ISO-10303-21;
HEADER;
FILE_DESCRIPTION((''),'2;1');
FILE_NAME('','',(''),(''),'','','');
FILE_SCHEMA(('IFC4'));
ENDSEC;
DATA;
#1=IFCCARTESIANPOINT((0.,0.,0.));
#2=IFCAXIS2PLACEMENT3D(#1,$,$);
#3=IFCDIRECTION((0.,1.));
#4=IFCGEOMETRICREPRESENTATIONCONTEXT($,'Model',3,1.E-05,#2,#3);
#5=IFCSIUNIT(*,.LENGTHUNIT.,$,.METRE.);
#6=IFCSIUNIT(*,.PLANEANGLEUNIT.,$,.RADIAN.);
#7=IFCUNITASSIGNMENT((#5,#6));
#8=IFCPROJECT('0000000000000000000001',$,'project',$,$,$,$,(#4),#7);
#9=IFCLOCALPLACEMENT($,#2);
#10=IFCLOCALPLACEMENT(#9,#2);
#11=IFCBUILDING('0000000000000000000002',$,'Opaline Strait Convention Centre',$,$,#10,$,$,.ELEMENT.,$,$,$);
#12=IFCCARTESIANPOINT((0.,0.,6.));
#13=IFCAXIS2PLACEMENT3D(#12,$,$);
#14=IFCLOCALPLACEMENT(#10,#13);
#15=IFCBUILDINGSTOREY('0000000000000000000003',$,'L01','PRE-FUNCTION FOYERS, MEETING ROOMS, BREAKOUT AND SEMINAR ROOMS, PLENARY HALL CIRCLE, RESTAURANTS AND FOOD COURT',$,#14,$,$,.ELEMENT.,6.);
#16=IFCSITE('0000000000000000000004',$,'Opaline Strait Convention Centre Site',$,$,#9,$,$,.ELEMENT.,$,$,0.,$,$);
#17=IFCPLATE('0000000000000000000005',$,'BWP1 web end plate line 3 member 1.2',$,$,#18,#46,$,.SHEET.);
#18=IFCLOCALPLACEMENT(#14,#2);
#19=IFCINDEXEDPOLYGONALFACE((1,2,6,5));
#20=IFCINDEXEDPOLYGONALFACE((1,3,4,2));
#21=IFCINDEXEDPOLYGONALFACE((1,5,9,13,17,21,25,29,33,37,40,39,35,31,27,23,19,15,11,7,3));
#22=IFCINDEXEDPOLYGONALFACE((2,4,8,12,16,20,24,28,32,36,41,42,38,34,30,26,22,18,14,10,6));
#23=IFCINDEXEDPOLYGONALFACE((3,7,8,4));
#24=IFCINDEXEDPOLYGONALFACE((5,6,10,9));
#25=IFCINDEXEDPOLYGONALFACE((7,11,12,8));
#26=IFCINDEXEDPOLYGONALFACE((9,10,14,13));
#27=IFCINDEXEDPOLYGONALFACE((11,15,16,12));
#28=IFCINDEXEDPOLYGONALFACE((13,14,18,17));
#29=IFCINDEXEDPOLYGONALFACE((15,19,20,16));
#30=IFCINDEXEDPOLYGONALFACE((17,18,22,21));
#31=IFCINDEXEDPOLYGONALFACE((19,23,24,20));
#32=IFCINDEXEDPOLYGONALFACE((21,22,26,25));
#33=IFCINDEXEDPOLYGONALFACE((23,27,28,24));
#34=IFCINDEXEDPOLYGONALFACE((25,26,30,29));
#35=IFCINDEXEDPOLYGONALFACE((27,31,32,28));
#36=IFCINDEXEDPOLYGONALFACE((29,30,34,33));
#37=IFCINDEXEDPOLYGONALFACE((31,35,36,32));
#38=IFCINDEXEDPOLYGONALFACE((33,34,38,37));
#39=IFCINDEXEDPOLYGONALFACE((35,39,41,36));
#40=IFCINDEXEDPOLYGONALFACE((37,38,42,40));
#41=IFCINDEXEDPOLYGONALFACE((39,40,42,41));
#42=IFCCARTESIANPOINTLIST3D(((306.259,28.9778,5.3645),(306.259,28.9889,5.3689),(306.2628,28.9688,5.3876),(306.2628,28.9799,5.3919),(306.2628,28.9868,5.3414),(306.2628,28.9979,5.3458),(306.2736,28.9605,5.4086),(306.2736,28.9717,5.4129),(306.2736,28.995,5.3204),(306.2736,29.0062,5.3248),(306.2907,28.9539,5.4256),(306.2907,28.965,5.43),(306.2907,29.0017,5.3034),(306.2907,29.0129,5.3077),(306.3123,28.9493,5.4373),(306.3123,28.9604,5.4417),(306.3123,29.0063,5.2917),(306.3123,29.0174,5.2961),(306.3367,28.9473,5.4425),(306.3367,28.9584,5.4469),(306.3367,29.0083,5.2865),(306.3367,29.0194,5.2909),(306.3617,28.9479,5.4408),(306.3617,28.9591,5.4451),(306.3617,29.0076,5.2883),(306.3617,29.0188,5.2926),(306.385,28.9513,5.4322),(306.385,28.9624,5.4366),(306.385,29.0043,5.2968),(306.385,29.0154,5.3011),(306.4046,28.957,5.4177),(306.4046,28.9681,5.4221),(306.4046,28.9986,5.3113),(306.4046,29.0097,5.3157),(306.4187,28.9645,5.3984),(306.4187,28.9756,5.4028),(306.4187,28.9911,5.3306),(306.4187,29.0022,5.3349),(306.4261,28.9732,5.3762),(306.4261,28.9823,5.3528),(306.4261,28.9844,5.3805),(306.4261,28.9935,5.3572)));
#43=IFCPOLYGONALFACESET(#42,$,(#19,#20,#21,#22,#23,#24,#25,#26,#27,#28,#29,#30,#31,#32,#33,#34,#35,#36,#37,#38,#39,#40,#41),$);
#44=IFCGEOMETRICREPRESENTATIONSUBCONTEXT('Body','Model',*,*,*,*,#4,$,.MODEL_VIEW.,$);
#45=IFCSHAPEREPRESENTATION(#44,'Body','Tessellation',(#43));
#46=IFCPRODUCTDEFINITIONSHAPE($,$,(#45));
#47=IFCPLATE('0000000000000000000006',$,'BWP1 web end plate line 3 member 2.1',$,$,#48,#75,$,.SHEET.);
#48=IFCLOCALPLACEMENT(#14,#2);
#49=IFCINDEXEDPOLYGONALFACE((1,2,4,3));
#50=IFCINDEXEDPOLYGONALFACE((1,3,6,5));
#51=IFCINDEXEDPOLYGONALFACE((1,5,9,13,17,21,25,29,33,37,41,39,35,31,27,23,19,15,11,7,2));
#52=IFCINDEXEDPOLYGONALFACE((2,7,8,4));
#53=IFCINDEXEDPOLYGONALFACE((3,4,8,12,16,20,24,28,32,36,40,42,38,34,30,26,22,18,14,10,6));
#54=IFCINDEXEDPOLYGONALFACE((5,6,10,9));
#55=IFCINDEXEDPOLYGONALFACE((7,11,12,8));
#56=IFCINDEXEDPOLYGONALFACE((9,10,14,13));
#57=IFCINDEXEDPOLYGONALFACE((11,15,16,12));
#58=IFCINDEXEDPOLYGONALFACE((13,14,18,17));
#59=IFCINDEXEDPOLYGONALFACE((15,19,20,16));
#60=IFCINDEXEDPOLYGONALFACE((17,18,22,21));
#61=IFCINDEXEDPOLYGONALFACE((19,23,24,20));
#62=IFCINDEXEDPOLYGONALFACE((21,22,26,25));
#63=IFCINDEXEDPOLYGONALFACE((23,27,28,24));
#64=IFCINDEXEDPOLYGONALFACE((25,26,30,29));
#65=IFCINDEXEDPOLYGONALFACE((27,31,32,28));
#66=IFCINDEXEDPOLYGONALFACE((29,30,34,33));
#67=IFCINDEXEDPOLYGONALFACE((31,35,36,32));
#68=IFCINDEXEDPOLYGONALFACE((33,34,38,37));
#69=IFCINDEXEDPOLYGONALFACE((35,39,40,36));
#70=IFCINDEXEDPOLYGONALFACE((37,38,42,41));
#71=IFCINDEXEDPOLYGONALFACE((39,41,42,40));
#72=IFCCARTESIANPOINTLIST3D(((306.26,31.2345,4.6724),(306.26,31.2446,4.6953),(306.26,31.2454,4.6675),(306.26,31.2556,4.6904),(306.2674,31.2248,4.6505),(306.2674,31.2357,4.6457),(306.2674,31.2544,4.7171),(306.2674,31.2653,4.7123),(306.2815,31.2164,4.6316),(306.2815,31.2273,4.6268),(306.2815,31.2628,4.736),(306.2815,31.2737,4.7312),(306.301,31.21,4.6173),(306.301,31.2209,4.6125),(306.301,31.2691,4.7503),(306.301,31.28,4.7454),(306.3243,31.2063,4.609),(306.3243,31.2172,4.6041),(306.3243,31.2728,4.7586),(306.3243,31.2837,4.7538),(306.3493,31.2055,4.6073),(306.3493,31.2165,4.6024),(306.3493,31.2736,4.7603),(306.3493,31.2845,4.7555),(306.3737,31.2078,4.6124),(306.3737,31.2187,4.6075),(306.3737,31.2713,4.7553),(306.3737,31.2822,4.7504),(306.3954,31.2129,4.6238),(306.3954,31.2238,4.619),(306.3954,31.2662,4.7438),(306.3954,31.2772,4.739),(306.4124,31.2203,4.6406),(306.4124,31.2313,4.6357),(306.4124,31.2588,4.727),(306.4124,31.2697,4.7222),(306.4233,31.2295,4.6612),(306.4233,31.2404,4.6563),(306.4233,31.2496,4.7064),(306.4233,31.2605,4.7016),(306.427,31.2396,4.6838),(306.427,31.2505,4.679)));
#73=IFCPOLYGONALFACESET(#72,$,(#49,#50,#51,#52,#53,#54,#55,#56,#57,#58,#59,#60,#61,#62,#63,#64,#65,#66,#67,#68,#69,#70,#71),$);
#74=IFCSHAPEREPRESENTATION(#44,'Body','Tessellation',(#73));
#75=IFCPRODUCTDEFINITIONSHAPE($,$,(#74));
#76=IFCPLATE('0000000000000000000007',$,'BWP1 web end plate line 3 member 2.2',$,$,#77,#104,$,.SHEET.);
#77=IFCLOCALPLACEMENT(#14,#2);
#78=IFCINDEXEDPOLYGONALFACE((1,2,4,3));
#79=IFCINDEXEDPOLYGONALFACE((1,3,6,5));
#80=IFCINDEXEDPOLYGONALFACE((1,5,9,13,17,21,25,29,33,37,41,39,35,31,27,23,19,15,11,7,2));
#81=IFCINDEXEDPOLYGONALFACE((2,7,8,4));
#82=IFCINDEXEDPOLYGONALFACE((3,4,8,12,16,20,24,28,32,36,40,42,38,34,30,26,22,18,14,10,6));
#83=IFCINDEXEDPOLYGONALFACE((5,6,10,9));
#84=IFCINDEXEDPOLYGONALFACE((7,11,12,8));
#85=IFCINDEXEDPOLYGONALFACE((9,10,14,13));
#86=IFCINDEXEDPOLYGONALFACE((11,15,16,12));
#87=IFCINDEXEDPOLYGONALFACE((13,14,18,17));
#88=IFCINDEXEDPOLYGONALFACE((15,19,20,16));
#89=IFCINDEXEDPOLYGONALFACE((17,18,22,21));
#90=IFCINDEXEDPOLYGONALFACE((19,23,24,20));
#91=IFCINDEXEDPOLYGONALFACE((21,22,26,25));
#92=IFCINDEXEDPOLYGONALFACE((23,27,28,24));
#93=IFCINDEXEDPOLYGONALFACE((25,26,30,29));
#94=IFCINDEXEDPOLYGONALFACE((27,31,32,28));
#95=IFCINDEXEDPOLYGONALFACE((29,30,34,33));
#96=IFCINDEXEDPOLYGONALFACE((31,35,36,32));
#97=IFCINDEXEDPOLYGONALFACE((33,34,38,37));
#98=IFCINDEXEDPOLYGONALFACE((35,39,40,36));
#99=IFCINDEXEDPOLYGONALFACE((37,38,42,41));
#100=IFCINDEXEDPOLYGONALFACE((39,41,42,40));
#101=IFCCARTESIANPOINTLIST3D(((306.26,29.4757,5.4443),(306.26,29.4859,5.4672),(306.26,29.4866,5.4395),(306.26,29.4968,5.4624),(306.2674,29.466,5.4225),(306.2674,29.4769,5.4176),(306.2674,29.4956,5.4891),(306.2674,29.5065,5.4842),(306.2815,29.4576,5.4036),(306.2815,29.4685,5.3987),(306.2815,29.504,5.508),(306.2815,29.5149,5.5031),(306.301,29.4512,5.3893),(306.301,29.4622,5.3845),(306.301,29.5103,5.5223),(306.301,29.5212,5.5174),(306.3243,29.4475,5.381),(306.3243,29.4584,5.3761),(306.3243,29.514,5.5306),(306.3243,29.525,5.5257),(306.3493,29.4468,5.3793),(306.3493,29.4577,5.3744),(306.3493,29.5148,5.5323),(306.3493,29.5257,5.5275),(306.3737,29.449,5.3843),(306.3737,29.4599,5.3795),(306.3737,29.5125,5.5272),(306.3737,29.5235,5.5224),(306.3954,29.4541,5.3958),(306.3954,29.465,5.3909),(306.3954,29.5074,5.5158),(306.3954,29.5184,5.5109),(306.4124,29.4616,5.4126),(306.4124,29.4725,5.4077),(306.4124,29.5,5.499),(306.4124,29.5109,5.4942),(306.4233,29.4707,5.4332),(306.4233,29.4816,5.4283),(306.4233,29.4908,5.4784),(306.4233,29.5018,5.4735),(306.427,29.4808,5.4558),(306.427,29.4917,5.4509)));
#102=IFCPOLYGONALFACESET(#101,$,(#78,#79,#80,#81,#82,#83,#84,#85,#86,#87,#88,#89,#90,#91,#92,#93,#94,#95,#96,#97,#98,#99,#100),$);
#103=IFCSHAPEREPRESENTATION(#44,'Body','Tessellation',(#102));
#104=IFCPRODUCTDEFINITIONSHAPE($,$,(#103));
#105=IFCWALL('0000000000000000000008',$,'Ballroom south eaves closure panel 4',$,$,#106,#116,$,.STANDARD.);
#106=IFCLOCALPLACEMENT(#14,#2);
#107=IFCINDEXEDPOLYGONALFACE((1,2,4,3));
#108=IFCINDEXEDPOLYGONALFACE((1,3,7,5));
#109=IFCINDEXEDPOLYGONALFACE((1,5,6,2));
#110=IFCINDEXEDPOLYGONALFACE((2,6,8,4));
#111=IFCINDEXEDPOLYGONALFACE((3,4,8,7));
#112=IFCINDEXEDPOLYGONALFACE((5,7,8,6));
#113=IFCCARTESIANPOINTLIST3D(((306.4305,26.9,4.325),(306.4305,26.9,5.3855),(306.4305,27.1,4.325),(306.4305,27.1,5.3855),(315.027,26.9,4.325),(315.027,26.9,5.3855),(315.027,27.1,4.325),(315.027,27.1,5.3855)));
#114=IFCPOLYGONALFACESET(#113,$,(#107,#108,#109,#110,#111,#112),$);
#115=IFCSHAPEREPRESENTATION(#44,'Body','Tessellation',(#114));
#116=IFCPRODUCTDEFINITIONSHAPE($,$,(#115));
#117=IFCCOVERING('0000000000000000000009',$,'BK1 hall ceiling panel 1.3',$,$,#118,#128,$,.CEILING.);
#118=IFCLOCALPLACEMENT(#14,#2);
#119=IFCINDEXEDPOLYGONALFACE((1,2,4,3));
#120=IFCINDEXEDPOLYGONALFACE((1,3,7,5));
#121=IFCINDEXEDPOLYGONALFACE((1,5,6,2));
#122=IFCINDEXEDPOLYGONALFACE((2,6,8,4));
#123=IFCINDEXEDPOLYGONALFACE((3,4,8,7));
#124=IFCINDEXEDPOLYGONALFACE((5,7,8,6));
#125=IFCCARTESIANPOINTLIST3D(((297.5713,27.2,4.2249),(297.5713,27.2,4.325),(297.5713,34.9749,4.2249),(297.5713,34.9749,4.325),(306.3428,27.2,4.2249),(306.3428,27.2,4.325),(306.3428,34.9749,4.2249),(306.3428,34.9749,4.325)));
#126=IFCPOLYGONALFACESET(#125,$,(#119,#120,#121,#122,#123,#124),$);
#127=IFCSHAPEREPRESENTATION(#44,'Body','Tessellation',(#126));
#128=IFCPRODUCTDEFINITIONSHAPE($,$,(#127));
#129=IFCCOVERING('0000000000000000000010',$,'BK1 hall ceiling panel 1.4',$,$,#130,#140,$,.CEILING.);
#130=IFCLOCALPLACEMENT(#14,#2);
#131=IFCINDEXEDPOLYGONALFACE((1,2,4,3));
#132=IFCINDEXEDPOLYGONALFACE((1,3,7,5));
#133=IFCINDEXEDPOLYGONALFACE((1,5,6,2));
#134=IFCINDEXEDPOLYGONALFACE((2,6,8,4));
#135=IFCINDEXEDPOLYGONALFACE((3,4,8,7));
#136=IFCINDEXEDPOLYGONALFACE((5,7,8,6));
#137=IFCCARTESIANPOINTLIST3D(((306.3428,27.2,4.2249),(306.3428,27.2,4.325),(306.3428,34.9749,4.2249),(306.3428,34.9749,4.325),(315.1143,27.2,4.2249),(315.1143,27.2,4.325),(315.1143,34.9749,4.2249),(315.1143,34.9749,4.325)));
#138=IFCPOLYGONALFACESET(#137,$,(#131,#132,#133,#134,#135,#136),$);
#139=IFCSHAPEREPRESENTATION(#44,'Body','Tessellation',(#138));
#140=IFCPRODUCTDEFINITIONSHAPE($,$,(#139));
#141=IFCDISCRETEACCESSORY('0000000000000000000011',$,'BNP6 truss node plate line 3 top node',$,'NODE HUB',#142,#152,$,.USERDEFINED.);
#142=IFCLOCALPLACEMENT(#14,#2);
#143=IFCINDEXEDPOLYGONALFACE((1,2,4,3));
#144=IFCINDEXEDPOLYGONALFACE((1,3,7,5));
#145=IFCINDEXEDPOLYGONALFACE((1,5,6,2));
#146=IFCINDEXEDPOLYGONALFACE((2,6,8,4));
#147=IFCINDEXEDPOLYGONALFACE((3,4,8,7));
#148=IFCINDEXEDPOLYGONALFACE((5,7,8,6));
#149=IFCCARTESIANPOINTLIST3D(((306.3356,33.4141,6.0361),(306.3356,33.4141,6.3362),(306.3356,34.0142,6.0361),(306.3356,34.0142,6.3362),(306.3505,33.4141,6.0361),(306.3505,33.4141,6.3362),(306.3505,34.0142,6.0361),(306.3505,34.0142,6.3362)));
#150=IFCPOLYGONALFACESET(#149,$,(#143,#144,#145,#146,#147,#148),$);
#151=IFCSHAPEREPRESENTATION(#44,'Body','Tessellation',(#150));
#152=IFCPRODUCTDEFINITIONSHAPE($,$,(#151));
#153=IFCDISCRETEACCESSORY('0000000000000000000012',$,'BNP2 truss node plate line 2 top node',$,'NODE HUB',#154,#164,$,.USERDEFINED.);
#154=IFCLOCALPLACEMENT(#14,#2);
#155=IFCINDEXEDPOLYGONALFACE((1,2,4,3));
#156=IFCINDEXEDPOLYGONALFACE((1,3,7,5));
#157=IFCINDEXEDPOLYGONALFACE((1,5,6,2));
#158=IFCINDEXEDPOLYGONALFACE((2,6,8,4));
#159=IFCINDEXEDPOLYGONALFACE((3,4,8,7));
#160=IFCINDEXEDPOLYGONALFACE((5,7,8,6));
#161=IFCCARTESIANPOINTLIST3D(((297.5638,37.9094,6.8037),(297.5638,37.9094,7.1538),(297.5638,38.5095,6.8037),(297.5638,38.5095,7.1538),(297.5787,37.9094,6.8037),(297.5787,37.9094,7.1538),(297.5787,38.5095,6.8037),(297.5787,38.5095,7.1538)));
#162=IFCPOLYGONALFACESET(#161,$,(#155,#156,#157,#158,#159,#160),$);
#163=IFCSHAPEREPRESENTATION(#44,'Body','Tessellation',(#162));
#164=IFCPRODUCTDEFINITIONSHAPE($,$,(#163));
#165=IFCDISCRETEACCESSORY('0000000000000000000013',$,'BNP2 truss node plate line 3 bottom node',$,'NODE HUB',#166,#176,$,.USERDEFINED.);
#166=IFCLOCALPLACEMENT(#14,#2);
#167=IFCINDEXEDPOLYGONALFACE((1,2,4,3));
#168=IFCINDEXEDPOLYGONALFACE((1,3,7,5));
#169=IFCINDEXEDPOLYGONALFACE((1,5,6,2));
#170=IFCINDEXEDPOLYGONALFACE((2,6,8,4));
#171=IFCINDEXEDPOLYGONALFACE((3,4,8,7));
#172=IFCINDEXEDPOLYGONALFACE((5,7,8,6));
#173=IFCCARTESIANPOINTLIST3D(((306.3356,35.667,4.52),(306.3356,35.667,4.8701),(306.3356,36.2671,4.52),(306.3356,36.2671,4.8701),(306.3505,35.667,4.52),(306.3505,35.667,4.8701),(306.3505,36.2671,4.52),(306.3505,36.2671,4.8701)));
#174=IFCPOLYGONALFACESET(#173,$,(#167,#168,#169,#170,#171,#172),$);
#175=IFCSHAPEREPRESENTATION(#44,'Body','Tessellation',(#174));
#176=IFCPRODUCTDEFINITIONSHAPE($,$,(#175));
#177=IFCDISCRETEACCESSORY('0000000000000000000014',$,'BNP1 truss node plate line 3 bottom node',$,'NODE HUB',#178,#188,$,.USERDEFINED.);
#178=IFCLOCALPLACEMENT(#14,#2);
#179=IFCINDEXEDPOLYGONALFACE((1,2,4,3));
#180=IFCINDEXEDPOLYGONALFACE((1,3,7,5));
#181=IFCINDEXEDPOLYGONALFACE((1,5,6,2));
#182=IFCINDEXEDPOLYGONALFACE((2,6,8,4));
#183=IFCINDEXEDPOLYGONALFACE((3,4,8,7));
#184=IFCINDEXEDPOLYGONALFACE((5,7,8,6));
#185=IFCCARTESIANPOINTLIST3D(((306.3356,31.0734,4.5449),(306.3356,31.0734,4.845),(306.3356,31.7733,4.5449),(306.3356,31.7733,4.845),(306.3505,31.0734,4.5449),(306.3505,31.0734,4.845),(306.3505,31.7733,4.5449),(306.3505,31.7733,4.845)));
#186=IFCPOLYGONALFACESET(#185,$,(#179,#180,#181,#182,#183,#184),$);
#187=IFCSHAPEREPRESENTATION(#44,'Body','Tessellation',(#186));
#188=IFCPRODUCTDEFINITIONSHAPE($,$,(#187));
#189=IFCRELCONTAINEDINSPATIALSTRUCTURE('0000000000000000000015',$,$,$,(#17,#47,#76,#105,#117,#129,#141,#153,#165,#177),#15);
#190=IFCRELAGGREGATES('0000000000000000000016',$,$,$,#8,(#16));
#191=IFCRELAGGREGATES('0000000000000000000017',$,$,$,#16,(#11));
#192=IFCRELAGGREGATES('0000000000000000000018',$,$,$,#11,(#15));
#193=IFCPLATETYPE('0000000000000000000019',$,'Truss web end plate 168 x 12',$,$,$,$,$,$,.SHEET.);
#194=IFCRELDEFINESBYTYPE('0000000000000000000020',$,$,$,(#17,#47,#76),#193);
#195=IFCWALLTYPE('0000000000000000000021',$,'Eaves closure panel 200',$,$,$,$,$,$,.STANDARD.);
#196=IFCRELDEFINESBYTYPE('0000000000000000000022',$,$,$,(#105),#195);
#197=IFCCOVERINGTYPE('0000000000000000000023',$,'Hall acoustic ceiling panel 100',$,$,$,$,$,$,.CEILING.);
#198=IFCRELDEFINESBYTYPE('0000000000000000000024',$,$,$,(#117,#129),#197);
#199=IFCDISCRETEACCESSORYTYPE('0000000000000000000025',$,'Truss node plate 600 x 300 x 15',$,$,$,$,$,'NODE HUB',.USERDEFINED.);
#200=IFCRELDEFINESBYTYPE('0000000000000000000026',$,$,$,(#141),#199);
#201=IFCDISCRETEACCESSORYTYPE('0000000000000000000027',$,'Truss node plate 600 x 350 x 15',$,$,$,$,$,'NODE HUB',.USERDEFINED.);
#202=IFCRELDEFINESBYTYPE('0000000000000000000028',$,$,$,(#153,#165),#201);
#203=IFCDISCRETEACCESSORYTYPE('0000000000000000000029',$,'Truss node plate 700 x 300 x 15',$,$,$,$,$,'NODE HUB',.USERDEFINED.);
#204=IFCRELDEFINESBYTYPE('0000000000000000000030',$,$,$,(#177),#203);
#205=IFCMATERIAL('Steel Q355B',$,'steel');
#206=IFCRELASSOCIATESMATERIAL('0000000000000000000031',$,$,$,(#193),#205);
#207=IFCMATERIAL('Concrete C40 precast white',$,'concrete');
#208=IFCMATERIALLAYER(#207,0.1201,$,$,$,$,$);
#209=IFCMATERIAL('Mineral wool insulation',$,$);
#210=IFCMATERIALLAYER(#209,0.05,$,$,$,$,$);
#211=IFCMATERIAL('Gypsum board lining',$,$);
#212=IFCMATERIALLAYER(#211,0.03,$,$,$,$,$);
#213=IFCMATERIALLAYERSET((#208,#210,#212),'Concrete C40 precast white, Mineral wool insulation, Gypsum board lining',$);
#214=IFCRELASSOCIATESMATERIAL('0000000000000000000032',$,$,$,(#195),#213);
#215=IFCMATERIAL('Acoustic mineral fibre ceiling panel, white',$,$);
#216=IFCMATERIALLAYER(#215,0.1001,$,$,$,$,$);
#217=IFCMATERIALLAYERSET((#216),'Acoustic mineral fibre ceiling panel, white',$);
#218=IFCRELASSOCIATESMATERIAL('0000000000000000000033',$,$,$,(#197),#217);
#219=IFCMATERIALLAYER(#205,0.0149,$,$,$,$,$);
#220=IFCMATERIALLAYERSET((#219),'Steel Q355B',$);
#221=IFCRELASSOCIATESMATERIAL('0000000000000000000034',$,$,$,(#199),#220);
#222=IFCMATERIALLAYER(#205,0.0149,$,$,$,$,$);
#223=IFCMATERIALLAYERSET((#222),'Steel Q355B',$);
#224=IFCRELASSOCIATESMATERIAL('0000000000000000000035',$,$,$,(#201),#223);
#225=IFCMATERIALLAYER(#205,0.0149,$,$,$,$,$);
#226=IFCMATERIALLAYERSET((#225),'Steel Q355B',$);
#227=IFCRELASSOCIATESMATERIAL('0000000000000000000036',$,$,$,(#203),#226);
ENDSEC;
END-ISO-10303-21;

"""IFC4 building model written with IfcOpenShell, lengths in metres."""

from ifc_helpers import new_model, si_unit, direction, frame, frame_2d, origin, origin_2d, place, context, subcontext, project, spatial, rectangle, circle, extrude, material, layer, layer_set, material_profile, profile_set, type_object, element, save


model = new_model("IFC4")

# Units and contexts
model_context = context("Model", 3, precision=1e-05, world=origin(), true_north=direction((0.0, 1.0)))
body_context = subcontext(model_context, "Body", "Model", "MODEL_VIEW")
ifc_project = project(units=[si_unit("LENGTHUNIT", "METRE"), si_unit("PLANEANGLEUNIT", "RADIAN")], contexts=[model_context])

# Site, building, storey
site_placement = place(None, origin())
site = spatial("IfcSite", under=ifc_project, at=site_placement, Name="Opaline Strait Convention Centre Site", CompositionType="ELEMENT", RefElevation=0.0)
building_placement = place(site_placement, origin())
building = spatial("IfcBuilding", under=site, at=building_placement, Name="Opaline Strait Convention Centre", CompositionType="ELEMENT")
storey_placement = place(building_placement, frame((0.0, 0.0, 6.0)))
storey = spatial("IfcBuildingStorey", under=building, at=storey_placement, Name="L01", Description="PRE-FUNCTION FOYERS, MEETING ROOMS, BREAKOUT AND SEMINAR ROOMS, PLENARY HALL CIRCLE, RESTAURANTS AND FOOD COURT", CompositionType="ELEMENT", Elevation=6.0)

# Shared definitions
ifc_material_1 = material(Name="Steel Q355B", Category="steel")

# Plates
ifc_material_profile_1 = material_profile(ifc_material_1, circle(Radius=0.084, at=origin_2d()), Name="D168")
ifc_profile_set_1 = profile_set([ifc_material_profile_1], Name="Steel Q355B")
plate_type = type_object("IfcPlateType", Name="Truss web end plate 168 x 12", PredefinedType="SHEET", material=ifc_profile_set_1)
for number, where, z_axis, x_axis, name in (
    (1, (306.343, 28.9778, 5.3645), (0.0, 0.931243, 0.364399), (-1.0, 0.0, 0.0), "BWP1 web end plate line 3 member 1.2"),
    (2, (306.343, 31.2505, 4.679), (0.0, -0.913812, 0.406138), (1.0, 0.0, 0.0), "BWP1 web end plate line 3 member 2.1"),
    (3, (306.343, 29.4917, 5.4509), (0.0, -0.913812, 0.406138), (1.0, 0.0, 0.0), "BWP1 web end plate line 3 member 2.2"),
):
    element("IfcPlate", number, at=place(storey_placement, frame(where, z_axis=z_axis, x_axis=x_axis)), inside=storey, type_object=plate_type, Name=name, PredefinedType="SHEET", context=body_context, shape_type="SweptSolid", body=[
        extrude(circle(Radius=0.084, at=origin_2d()), origin(), (0.0, 0.0, 1.0), 0.012),
    ])

# Wall
ifc_material_2 = material(Name="Concrete C40 precast white", Category="concrete")
ifc_layer_1 = layer(ifc_material_2, 0.1201)
ifc_material_3 = material(Name="Mineral wool insulation")
ifc_layer_2 = layer(ifc_material_3, 0.05)
ifc_material_4 = material(Name="Gypsum board lining")
ifc_layer_3 = layer(ifc_material_4, 0.03)
ifc_layer_set_1 = layer_set([ifc_layer_1, ifc_layer_2, ifc_layer_3], Name="Concrete C40 precast white, Mineral wool insulation, Gypsum board lining")
wall_type = type_object("IfcWallType", Name="Eaves closure panel 200", PredefinedType="STANDARD", material=ifc_layer_set_1)
wall_placement = place(storey_placement, frame((306.4304, 27.0, 4.325), z_axis=(0.0, 0.0, 1.0), x_axis=(1.0, 0.0, 0.0)))
element("IfcWall", 4, at=wall_placement, inside=storey, type_object=wall_type, Name="Ballroom south eaves closure panel 4", PredefinedType="STANDARD", context=body_context, shape_type="SweptSolid", body=[
    extrude(rectangle(XDim=8.5964, YDim=0.2, at=frame_2d((4.2983, 0.0))), origin(), (0.0, 0.0, 1.0), 1.0605),
])

# Coverings
ifc_material_5 = material(Name="Acoustic mineral fibre ceiling panel, white")
ifc_layer_4 = layer(ifc_material_5, 0.1001)
ifc_layer_set_2 = layer_set([ifc_layer_4], Name="Acoustic mineral fibre ceiling panel, white")
covering_type = type_object("IfcCoveringType", Name="Hall acoustic ceiling panel 100", PredefinedType="CEILING", material=ifc_layer_set_2)
for number, where, z_axis, x_axis, name in (
    (5, (301.957, 31.0874, 4.2249), (0.0, 0.0, 1.0), (1.0, 0.0, 0.0), "BK1 hall ceiling panel 1.3"),
    (6, (310.7285, 31.0874, 4.2249), (0.0, 0.0, 1.0), (1.0, 0.0, 0.0), "BK1 hall ceiling panel 1.4"),
):
    element("IfcCovering", number, at=place(storey_placement, frame(where, z_axis=z_axis, x_axis=x_axis)), inside=storey, type_object=covering_type, Name=name, PredefinedType="CEILING", context=body_context, shape_type="SweptSolid", body=[
        extrude(rectangle(XDim=8.7715, YDim=7.7749, at=origin_2d()), origin(), (0.0, 0.0, 1.0), 0.1001),
    ])

# Discrete accessories
ifc_layer_5 = layer(ifc_material_1, 0.0149)
ifc_layer_set_3 = layer_set([ifc_layer_5], Name="Steel Q355B")
discrete_accessory_type_1 = type_object("IfcDiscreteAccessoryType", Name="Truss node plate 600 x 300 x 15", ElementType="NODE HUB", PredefinedType="USERDEFINED", material=ifc_layer_set_3)
discrete_accessory_1_placement = place(storey_placement, frame((306.343, 33.7141, 6.0361), z_axis=(0.0, 0.0, 1.0), x_axis=(1.0, 0.0, 0.0)))
element("IfcDiscreteAccessory", 7, at=discrete_accessory_1_placement, inside=storey, type_object=discrete_accessory_type_1, Name="BNP6 truss node plate line 3 top node", ObjectType="NODE HUB", PredefinedType="USERDEFINED", context=body_context, shape_type="SweptSolid", body=[
    extrude(rectangle(XDim=0.0149, YDim=0.6001, at=origin_2d()), origin(), (0.0, 0.0, 1.0), 0.3),
])
ifc_layer_6 = layer(ifc_material_1, 0.0149)
ifc_layer_set_4 = layer_set([ifc_layer_6], Name="Steel Q355B")
discrete_accessory_type_2 = type_object("IfcDiscreteAccessoryType", Name="Truss node plate 600 x 350 x 15", ElementType="NODE HUB", PredefinedType="USERDEFINED", material=ifc_layer_set_4)
for number, where, z_axis, x_axis, name in (
    (8, (297.5713, 38.2095, 6.8037), (0.0, 0.0, 1.0), (1.0, 0.0, 0.0), "BNP2 truss node plate line 2 top node"),
    (9, (306.343, 35.967, 4.52), (0.0, 0.0, 1.0), (1.0, 0.0, 0.0), "BNP2 truss node plate line 3 bottom node"),
):
    element("IfcDiscreteAccessory", number, at=place(storey_placement, frame(where, z_axis=z_axis, x_axis=x_axis)), inside=storey, type_object=discrete_accessory_type_2, Name=name, ObjectType="NODE HUB", PredefinedType="USERDEFINED", context=body_context, shape_type="SweptSolid", body=[
        extrude(rectangle(XDim=0.0149, YDim=0.6001, at=origin_2d()), origin(), (0.0, 0.0, 1.0), 0.3501),
    ])
ifc_layer_7 = layer(ifc_material_1, 0.0149)
ifc_layer_set_5 = layer_set([ifc_layer_7], Name="Steel Q355B")
discrete_accessory_type_3 = type_object("IfcDiscreteAccessoryType", Name="Truss node plate 700 x 300 x 15", ElementType="NODE HUB", PredefinedType="USERDEFINED", material=ifc_layer_set_5)
discrete_accessory_2_placement = place(storey_placement, frame((306.343, 31.4233, 4.5449), z_axis=(0.0, 0.0, 1.0), x_axis=(1.0, 0.0, 0.0)))
element("IfcDiscreteAccessory", 10, at=discrete_accessory_2_placement, inside=storey, type_object=discrete_accessory_type_3, Name="BNP1 truss node plate line 3 bottom node", ObjectType="NODE HUB", PredefinedType="USERDEFINED", context=body_context, shape_type="SweptSolid", body=[
    extrude(rectangle(XDim=0.0149, YDim=0.7, at=origin_2d()), origin(), (0.0, 0.0, 1.0), 0.3),
])

save(model, "model.ifc")
